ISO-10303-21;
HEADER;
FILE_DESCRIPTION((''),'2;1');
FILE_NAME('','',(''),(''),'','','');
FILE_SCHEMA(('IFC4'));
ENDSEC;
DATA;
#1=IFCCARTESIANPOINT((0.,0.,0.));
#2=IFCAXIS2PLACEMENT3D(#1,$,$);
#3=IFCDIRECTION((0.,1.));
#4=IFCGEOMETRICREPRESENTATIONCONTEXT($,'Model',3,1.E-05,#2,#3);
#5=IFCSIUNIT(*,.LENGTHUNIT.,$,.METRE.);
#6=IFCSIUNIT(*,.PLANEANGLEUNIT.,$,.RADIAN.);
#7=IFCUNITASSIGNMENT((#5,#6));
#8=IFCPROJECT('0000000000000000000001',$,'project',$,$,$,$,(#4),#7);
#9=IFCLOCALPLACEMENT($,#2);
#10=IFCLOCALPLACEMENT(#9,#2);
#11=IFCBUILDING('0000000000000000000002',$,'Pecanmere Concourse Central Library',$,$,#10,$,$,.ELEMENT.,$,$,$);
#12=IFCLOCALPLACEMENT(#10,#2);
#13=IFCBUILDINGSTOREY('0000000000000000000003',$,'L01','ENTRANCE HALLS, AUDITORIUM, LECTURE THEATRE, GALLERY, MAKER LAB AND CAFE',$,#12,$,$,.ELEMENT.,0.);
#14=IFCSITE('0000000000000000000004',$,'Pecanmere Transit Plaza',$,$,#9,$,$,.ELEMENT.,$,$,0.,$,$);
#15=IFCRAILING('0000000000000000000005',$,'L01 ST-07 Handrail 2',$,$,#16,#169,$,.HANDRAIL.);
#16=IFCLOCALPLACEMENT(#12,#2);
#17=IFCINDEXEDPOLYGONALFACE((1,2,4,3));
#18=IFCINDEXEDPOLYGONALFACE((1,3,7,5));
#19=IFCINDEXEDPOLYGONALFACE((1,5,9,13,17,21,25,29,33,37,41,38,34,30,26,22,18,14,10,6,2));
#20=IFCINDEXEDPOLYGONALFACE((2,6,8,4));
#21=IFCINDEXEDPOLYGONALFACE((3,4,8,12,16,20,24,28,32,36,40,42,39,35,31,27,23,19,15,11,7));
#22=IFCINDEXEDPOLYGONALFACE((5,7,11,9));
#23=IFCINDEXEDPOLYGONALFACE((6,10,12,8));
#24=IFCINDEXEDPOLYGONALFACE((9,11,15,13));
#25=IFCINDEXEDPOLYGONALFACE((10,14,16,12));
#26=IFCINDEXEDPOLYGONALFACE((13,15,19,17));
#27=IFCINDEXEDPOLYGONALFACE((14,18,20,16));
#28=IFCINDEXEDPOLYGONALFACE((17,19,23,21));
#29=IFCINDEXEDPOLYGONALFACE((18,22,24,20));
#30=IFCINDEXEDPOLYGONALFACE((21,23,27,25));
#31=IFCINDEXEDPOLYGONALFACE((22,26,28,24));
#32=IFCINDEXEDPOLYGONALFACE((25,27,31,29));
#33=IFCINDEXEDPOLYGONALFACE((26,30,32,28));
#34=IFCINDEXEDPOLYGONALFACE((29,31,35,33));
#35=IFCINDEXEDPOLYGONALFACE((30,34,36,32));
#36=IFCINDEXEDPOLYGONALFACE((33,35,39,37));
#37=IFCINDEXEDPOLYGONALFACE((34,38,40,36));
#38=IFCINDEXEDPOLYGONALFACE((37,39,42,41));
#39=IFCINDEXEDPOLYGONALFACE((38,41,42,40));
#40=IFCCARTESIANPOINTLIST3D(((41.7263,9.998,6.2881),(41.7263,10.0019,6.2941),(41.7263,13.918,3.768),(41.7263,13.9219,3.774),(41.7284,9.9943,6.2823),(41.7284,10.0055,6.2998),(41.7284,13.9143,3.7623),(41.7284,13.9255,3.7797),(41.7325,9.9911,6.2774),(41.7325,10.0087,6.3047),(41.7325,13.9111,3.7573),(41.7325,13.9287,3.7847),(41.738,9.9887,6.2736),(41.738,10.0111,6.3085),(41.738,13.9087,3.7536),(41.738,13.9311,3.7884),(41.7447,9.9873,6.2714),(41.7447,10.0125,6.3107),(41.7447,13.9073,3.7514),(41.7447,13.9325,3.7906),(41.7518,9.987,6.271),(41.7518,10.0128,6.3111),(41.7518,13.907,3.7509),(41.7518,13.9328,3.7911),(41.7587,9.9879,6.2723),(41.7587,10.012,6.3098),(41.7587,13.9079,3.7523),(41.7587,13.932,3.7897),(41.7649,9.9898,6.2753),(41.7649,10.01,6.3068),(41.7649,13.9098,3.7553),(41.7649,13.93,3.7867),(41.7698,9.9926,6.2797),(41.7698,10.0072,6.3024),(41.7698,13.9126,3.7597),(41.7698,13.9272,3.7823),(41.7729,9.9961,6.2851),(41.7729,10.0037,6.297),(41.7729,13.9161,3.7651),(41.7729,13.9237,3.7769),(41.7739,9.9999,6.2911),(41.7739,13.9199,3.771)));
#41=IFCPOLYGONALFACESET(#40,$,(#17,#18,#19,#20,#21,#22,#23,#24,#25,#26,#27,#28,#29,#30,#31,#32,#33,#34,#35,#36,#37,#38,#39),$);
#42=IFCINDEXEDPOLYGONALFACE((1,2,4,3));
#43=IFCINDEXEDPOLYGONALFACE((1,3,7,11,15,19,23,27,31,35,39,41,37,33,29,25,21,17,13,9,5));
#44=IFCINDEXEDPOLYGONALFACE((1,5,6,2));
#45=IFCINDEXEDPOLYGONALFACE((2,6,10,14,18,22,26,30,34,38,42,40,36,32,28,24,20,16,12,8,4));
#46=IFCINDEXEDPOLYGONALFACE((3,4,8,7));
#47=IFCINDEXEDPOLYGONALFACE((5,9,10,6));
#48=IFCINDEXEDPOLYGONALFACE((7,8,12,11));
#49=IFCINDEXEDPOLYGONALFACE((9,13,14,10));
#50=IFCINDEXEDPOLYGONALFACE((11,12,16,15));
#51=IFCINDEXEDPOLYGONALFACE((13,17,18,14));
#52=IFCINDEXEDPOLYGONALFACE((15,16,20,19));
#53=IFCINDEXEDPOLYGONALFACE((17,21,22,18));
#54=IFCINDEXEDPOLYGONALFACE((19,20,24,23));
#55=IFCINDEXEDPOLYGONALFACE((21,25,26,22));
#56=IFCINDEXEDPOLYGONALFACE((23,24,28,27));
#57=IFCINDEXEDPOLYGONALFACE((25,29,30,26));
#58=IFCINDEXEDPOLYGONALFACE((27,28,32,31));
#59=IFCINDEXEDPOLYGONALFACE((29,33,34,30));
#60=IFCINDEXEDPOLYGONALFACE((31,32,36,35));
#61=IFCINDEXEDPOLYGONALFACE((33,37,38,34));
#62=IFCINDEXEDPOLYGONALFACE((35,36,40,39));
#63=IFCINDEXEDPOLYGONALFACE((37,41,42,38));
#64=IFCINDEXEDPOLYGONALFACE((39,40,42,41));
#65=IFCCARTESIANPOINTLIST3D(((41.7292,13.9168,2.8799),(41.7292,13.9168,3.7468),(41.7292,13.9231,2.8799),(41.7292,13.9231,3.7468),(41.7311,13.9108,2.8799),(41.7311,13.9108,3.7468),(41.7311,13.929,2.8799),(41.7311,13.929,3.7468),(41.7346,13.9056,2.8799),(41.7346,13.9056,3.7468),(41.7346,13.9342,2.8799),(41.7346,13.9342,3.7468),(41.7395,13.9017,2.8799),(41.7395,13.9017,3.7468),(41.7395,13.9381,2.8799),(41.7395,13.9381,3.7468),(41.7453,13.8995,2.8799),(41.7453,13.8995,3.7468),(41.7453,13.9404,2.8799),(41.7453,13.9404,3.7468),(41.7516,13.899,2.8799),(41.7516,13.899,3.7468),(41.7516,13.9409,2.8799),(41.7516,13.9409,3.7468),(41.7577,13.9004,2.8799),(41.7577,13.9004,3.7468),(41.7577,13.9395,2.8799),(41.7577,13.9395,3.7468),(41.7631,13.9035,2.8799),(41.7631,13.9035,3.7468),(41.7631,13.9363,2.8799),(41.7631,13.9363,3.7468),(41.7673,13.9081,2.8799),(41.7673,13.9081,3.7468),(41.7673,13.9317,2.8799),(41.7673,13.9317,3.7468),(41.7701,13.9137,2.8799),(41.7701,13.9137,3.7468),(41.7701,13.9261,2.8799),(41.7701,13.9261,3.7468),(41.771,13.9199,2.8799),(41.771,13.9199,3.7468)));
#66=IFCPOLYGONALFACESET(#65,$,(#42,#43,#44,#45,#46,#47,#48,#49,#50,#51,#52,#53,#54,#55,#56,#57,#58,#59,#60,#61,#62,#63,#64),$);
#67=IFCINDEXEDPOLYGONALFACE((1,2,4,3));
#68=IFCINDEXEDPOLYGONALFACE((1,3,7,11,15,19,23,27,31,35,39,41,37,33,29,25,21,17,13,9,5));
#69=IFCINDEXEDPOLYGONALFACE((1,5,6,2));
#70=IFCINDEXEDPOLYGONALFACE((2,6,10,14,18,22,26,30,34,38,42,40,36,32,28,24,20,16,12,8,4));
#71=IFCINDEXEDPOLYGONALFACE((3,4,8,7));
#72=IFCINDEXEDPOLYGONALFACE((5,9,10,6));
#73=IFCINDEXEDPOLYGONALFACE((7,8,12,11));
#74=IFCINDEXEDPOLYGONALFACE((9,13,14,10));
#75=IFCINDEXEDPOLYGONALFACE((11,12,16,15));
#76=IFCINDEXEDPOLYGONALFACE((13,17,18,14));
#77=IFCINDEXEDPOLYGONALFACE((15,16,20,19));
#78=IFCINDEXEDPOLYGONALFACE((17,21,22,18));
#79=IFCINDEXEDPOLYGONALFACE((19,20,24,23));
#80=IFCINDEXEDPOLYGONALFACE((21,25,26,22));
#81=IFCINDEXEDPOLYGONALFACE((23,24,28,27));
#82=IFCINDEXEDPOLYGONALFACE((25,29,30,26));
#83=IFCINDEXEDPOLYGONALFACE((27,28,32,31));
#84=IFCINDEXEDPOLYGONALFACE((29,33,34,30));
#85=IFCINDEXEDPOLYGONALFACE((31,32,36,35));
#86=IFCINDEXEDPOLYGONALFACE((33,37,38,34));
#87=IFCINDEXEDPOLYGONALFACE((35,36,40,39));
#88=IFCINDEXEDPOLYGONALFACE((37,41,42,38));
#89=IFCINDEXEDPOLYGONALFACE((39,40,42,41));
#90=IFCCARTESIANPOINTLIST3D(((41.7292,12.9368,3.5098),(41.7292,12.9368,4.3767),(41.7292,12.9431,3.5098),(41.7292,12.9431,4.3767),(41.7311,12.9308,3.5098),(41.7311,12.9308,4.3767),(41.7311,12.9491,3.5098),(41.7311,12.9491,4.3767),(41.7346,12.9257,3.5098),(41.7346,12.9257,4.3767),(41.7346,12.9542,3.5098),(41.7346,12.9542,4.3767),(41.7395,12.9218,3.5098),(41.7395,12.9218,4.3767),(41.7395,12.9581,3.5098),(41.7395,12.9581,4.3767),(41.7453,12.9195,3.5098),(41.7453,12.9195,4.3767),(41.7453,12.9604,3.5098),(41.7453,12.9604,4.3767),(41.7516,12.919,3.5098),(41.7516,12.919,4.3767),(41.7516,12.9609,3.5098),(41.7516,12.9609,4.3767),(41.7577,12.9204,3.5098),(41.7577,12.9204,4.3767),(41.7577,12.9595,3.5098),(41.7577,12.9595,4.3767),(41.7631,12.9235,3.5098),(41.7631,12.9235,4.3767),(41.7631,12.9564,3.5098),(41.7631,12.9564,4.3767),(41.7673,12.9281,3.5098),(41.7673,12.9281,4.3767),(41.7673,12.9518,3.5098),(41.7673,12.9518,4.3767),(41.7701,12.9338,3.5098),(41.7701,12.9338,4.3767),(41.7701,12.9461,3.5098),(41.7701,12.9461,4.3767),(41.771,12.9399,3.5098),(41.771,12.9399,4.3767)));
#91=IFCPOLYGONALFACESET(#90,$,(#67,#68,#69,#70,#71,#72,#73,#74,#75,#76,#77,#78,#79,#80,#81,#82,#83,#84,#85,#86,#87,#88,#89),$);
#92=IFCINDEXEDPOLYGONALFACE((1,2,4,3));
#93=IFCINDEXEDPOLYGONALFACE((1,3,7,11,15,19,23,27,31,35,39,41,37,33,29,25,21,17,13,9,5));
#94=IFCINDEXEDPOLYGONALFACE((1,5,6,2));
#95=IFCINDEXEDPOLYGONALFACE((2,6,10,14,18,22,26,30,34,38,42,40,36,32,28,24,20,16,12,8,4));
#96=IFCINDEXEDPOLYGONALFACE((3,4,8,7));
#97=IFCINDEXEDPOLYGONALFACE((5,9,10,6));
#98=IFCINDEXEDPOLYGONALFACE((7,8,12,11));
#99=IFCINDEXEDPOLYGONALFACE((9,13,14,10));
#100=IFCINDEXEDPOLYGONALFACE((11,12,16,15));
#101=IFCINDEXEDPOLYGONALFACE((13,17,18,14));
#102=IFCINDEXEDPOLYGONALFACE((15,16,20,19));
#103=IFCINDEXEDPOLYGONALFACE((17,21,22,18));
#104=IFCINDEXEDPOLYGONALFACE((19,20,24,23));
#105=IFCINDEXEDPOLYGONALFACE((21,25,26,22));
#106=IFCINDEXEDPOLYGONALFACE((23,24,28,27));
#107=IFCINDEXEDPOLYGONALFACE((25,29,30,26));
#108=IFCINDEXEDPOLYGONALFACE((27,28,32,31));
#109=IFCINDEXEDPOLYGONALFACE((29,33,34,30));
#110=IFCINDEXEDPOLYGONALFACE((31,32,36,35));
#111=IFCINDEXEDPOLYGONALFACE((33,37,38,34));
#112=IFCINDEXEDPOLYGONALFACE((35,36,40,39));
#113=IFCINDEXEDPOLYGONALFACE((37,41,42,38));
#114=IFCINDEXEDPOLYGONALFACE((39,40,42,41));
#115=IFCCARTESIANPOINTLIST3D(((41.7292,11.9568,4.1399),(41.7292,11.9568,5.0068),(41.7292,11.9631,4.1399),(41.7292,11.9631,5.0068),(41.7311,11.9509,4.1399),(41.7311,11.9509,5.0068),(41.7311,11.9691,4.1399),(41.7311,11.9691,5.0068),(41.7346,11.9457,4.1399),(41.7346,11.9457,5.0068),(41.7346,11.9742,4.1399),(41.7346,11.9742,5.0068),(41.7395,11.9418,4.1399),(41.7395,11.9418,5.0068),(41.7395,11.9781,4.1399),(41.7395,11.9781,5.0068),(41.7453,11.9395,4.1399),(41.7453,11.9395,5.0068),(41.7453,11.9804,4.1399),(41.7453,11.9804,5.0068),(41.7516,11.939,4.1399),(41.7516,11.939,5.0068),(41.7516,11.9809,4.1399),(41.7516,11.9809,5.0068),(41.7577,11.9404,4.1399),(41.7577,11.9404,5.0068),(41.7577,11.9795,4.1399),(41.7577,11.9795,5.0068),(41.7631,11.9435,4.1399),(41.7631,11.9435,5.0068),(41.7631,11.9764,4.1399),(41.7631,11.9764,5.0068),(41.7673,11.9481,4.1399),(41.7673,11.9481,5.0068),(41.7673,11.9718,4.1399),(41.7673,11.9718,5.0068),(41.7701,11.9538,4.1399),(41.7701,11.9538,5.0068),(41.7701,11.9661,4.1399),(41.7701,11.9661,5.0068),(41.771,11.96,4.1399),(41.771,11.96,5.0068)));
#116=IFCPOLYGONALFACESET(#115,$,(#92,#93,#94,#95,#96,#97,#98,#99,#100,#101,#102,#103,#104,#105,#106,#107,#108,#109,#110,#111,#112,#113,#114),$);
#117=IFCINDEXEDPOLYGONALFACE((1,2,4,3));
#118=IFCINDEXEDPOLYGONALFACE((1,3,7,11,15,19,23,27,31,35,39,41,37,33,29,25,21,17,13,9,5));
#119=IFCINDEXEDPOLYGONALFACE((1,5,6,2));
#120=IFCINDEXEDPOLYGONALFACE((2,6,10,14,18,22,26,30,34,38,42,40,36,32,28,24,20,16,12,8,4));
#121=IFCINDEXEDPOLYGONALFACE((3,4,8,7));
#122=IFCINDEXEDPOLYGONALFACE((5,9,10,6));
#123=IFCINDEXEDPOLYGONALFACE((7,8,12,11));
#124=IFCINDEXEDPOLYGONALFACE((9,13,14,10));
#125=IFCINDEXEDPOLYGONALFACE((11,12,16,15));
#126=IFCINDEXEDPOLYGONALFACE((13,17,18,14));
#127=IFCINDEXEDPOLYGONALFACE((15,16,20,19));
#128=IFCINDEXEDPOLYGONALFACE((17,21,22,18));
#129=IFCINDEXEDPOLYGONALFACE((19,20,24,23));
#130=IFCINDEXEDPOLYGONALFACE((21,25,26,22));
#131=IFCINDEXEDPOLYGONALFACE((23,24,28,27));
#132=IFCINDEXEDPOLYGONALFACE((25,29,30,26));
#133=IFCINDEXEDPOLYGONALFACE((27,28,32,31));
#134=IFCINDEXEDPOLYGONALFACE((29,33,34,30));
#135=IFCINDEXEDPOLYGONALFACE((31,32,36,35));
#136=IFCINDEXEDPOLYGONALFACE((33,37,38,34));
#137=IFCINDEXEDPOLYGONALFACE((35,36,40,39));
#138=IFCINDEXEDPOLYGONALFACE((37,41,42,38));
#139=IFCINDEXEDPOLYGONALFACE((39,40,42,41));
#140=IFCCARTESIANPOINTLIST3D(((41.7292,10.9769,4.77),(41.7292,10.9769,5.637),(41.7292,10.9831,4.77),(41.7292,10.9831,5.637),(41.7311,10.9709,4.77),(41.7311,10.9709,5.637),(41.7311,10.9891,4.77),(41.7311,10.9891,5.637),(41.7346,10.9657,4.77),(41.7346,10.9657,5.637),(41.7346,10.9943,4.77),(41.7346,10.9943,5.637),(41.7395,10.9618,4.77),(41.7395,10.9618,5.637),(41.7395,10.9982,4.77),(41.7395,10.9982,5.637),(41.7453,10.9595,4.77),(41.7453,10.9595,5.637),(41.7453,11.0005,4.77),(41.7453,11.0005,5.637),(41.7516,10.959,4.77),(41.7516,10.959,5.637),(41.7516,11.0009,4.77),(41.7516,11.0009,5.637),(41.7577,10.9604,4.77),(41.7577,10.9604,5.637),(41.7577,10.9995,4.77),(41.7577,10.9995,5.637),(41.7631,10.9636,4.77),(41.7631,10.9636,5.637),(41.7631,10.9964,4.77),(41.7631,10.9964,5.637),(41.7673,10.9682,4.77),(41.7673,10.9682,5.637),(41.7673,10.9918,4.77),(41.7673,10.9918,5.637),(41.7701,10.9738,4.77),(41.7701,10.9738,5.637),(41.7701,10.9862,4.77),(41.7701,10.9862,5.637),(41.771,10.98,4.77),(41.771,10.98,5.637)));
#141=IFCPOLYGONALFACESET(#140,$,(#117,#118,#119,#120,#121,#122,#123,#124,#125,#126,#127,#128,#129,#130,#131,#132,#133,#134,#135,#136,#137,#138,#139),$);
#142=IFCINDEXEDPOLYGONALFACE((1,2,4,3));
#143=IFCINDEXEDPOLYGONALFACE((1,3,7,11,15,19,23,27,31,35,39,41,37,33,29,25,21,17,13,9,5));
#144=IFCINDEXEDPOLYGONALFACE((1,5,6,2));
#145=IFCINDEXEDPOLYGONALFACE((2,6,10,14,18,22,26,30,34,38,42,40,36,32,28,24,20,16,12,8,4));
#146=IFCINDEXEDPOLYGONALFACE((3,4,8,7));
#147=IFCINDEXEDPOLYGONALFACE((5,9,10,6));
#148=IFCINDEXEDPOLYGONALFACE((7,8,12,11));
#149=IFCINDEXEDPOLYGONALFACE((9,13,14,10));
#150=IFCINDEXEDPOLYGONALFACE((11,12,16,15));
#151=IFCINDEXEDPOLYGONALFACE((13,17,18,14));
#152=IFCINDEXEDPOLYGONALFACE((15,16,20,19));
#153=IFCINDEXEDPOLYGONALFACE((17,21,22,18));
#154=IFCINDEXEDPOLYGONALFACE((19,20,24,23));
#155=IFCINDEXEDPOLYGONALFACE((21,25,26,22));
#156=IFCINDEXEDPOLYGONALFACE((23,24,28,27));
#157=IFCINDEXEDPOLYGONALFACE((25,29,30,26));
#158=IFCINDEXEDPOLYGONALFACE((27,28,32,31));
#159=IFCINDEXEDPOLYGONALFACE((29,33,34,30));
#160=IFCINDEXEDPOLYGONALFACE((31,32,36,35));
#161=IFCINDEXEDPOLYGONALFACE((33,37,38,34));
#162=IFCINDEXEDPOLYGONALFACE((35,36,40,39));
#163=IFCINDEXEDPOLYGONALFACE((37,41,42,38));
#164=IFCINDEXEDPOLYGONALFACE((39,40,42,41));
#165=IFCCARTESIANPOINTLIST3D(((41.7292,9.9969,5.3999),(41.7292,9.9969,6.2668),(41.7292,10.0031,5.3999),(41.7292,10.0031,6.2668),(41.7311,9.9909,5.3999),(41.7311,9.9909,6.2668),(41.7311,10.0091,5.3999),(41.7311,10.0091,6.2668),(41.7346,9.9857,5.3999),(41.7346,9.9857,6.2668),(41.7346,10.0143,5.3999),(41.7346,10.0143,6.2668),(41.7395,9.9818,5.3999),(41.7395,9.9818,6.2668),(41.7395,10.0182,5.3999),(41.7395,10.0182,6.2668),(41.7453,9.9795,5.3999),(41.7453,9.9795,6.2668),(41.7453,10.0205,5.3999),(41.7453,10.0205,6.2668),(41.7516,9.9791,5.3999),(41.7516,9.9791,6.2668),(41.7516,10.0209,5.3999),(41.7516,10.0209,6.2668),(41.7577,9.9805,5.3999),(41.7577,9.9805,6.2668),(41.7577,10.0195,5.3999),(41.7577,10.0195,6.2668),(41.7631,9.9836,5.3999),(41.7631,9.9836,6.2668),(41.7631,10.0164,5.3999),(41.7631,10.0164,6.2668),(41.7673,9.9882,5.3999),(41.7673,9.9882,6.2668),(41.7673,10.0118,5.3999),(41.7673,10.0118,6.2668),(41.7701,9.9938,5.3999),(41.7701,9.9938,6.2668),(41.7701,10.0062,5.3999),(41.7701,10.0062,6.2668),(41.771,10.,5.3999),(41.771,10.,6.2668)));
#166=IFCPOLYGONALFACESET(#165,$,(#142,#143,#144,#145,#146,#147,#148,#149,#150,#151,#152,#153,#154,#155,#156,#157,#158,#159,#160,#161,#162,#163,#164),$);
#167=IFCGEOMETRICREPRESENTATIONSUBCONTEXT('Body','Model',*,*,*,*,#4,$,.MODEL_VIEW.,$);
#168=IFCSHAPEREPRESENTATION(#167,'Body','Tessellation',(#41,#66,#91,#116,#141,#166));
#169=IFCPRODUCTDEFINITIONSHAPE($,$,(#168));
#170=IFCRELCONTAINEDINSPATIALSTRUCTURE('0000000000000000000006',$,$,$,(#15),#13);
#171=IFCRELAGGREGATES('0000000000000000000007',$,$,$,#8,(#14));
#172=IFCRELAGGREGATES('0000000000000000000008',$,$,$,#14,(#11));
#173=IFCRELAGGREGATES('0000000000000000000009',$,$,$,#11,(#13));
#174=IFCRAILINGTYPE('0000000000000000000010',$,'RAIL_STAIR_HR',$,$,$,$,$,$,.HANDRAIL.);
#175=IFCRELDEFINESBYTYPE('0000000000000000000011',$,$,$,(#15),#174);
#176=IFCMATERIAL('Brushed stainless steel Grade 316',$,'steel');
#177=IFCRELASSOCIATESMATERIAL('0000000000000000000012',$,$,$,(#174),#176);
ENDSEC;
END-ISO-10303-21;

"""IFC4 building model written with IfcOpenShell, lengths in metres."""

from ifc_helpers import new_model, si_unit, direction, frame, origin, origin_2d, place, context, subcontext, project, spatial, circle, extrude, material, type_object, element, save


model = new_model("IFC4")

# Units and contexts
model_context = context("Model", 3, precision=1e-05, world=origin(), true_north=direction((0.0, 1.0)))
body_context = subcontext(model_context, "Body", "Model", "MODEL_VIEW")
ifc_project = project(units=[si_unit("LENGTHUNIT", "METRE"), si_unit("PLANEANGLEUNIT", "RADIAN")], contexts=[model_context])

# Site, building, storey
site_placement = place(None, origin())
site = spatial("IfcSite", under=ifc_project, at=site_placement, Name="Pecanmere Transit Plaza", CompositionType="ELEMENT", RefElevation=0.0)
building_placement = place(site_placement, origin())
building = spatial("IfcBuilding", under=site, at=building_placement, Name="Pecanmere Concourse Central Library", CompositionType="ELEMENT")
storey_placement = place(building_placement, origin())
storey = spatial("IfcBuildingStorey", under=building, at=storey_placement, Name="L01", Description="ENTRANCE HALLS, AUDITORIUM, LECTURE THEATRE, GALLERY, MAKER LAB AND CAFE", CompositionType="ELEMENT", Elevation=0.0)

# Railing
ifc_material_1 = material(Name="Brushed stainless steel Grade 316", Category="steel")
railing_type_1 = type_object("IfcRailingType", Name="RAIL_STAIR_HR", PredefinedType="HANDRAIL", material=ifc_material_1)
railing_1_placement = place(storey_placement, frame((41.75, 13.9199, 2.8799)))
element("IfcRailing", 1, at=railing_1_placement, inside=storey, type_object=railing_type_1, Name="L01 ST-07 Handrail 2", PredefinedType="HANDRAIL", context=body_context, shape_type="SweptSolid", body=[
    extrude(circle(Radius=0.0239, at=origin_2d()), frame((0.0, 0.0, 0.8911), z_axis=(0.0, -0.841172, 0.540768), x_axis=(1.0, 0.0, 0.0)), (0.0, 0.0, 1.0), 4.6602),
    extrude(circle(Radius=0.021, at=origin_2d()), origin(), (0.0, 0.0, 1.0), 0.8669),
    extrude(circle(Radius=0.021, at=origin_2d()), frame((0.0, -0.98, 0.6299)), (0.0, 0.0, 1.0), 0.8669),
    extrude(circle(Radius=0.021, at=origin_2d()), frame((0.0, -1.96, 1.26)), (0.0, 0.0, 1.0), 0.8669),
    extrude(circle(Radius=0.021, at=origin_2d()), frame((0.0, -2.9399, 1.8901)), (0.0, 0.0, 1.0), 0.8669),
    extrude(circle(Radius=0.021, at=origin_2d()), frame((0.0, -3.9199, 2.52)), (0.0, 0.0, 1.0), 0.8669),
])

save(model, "model.ifc")
